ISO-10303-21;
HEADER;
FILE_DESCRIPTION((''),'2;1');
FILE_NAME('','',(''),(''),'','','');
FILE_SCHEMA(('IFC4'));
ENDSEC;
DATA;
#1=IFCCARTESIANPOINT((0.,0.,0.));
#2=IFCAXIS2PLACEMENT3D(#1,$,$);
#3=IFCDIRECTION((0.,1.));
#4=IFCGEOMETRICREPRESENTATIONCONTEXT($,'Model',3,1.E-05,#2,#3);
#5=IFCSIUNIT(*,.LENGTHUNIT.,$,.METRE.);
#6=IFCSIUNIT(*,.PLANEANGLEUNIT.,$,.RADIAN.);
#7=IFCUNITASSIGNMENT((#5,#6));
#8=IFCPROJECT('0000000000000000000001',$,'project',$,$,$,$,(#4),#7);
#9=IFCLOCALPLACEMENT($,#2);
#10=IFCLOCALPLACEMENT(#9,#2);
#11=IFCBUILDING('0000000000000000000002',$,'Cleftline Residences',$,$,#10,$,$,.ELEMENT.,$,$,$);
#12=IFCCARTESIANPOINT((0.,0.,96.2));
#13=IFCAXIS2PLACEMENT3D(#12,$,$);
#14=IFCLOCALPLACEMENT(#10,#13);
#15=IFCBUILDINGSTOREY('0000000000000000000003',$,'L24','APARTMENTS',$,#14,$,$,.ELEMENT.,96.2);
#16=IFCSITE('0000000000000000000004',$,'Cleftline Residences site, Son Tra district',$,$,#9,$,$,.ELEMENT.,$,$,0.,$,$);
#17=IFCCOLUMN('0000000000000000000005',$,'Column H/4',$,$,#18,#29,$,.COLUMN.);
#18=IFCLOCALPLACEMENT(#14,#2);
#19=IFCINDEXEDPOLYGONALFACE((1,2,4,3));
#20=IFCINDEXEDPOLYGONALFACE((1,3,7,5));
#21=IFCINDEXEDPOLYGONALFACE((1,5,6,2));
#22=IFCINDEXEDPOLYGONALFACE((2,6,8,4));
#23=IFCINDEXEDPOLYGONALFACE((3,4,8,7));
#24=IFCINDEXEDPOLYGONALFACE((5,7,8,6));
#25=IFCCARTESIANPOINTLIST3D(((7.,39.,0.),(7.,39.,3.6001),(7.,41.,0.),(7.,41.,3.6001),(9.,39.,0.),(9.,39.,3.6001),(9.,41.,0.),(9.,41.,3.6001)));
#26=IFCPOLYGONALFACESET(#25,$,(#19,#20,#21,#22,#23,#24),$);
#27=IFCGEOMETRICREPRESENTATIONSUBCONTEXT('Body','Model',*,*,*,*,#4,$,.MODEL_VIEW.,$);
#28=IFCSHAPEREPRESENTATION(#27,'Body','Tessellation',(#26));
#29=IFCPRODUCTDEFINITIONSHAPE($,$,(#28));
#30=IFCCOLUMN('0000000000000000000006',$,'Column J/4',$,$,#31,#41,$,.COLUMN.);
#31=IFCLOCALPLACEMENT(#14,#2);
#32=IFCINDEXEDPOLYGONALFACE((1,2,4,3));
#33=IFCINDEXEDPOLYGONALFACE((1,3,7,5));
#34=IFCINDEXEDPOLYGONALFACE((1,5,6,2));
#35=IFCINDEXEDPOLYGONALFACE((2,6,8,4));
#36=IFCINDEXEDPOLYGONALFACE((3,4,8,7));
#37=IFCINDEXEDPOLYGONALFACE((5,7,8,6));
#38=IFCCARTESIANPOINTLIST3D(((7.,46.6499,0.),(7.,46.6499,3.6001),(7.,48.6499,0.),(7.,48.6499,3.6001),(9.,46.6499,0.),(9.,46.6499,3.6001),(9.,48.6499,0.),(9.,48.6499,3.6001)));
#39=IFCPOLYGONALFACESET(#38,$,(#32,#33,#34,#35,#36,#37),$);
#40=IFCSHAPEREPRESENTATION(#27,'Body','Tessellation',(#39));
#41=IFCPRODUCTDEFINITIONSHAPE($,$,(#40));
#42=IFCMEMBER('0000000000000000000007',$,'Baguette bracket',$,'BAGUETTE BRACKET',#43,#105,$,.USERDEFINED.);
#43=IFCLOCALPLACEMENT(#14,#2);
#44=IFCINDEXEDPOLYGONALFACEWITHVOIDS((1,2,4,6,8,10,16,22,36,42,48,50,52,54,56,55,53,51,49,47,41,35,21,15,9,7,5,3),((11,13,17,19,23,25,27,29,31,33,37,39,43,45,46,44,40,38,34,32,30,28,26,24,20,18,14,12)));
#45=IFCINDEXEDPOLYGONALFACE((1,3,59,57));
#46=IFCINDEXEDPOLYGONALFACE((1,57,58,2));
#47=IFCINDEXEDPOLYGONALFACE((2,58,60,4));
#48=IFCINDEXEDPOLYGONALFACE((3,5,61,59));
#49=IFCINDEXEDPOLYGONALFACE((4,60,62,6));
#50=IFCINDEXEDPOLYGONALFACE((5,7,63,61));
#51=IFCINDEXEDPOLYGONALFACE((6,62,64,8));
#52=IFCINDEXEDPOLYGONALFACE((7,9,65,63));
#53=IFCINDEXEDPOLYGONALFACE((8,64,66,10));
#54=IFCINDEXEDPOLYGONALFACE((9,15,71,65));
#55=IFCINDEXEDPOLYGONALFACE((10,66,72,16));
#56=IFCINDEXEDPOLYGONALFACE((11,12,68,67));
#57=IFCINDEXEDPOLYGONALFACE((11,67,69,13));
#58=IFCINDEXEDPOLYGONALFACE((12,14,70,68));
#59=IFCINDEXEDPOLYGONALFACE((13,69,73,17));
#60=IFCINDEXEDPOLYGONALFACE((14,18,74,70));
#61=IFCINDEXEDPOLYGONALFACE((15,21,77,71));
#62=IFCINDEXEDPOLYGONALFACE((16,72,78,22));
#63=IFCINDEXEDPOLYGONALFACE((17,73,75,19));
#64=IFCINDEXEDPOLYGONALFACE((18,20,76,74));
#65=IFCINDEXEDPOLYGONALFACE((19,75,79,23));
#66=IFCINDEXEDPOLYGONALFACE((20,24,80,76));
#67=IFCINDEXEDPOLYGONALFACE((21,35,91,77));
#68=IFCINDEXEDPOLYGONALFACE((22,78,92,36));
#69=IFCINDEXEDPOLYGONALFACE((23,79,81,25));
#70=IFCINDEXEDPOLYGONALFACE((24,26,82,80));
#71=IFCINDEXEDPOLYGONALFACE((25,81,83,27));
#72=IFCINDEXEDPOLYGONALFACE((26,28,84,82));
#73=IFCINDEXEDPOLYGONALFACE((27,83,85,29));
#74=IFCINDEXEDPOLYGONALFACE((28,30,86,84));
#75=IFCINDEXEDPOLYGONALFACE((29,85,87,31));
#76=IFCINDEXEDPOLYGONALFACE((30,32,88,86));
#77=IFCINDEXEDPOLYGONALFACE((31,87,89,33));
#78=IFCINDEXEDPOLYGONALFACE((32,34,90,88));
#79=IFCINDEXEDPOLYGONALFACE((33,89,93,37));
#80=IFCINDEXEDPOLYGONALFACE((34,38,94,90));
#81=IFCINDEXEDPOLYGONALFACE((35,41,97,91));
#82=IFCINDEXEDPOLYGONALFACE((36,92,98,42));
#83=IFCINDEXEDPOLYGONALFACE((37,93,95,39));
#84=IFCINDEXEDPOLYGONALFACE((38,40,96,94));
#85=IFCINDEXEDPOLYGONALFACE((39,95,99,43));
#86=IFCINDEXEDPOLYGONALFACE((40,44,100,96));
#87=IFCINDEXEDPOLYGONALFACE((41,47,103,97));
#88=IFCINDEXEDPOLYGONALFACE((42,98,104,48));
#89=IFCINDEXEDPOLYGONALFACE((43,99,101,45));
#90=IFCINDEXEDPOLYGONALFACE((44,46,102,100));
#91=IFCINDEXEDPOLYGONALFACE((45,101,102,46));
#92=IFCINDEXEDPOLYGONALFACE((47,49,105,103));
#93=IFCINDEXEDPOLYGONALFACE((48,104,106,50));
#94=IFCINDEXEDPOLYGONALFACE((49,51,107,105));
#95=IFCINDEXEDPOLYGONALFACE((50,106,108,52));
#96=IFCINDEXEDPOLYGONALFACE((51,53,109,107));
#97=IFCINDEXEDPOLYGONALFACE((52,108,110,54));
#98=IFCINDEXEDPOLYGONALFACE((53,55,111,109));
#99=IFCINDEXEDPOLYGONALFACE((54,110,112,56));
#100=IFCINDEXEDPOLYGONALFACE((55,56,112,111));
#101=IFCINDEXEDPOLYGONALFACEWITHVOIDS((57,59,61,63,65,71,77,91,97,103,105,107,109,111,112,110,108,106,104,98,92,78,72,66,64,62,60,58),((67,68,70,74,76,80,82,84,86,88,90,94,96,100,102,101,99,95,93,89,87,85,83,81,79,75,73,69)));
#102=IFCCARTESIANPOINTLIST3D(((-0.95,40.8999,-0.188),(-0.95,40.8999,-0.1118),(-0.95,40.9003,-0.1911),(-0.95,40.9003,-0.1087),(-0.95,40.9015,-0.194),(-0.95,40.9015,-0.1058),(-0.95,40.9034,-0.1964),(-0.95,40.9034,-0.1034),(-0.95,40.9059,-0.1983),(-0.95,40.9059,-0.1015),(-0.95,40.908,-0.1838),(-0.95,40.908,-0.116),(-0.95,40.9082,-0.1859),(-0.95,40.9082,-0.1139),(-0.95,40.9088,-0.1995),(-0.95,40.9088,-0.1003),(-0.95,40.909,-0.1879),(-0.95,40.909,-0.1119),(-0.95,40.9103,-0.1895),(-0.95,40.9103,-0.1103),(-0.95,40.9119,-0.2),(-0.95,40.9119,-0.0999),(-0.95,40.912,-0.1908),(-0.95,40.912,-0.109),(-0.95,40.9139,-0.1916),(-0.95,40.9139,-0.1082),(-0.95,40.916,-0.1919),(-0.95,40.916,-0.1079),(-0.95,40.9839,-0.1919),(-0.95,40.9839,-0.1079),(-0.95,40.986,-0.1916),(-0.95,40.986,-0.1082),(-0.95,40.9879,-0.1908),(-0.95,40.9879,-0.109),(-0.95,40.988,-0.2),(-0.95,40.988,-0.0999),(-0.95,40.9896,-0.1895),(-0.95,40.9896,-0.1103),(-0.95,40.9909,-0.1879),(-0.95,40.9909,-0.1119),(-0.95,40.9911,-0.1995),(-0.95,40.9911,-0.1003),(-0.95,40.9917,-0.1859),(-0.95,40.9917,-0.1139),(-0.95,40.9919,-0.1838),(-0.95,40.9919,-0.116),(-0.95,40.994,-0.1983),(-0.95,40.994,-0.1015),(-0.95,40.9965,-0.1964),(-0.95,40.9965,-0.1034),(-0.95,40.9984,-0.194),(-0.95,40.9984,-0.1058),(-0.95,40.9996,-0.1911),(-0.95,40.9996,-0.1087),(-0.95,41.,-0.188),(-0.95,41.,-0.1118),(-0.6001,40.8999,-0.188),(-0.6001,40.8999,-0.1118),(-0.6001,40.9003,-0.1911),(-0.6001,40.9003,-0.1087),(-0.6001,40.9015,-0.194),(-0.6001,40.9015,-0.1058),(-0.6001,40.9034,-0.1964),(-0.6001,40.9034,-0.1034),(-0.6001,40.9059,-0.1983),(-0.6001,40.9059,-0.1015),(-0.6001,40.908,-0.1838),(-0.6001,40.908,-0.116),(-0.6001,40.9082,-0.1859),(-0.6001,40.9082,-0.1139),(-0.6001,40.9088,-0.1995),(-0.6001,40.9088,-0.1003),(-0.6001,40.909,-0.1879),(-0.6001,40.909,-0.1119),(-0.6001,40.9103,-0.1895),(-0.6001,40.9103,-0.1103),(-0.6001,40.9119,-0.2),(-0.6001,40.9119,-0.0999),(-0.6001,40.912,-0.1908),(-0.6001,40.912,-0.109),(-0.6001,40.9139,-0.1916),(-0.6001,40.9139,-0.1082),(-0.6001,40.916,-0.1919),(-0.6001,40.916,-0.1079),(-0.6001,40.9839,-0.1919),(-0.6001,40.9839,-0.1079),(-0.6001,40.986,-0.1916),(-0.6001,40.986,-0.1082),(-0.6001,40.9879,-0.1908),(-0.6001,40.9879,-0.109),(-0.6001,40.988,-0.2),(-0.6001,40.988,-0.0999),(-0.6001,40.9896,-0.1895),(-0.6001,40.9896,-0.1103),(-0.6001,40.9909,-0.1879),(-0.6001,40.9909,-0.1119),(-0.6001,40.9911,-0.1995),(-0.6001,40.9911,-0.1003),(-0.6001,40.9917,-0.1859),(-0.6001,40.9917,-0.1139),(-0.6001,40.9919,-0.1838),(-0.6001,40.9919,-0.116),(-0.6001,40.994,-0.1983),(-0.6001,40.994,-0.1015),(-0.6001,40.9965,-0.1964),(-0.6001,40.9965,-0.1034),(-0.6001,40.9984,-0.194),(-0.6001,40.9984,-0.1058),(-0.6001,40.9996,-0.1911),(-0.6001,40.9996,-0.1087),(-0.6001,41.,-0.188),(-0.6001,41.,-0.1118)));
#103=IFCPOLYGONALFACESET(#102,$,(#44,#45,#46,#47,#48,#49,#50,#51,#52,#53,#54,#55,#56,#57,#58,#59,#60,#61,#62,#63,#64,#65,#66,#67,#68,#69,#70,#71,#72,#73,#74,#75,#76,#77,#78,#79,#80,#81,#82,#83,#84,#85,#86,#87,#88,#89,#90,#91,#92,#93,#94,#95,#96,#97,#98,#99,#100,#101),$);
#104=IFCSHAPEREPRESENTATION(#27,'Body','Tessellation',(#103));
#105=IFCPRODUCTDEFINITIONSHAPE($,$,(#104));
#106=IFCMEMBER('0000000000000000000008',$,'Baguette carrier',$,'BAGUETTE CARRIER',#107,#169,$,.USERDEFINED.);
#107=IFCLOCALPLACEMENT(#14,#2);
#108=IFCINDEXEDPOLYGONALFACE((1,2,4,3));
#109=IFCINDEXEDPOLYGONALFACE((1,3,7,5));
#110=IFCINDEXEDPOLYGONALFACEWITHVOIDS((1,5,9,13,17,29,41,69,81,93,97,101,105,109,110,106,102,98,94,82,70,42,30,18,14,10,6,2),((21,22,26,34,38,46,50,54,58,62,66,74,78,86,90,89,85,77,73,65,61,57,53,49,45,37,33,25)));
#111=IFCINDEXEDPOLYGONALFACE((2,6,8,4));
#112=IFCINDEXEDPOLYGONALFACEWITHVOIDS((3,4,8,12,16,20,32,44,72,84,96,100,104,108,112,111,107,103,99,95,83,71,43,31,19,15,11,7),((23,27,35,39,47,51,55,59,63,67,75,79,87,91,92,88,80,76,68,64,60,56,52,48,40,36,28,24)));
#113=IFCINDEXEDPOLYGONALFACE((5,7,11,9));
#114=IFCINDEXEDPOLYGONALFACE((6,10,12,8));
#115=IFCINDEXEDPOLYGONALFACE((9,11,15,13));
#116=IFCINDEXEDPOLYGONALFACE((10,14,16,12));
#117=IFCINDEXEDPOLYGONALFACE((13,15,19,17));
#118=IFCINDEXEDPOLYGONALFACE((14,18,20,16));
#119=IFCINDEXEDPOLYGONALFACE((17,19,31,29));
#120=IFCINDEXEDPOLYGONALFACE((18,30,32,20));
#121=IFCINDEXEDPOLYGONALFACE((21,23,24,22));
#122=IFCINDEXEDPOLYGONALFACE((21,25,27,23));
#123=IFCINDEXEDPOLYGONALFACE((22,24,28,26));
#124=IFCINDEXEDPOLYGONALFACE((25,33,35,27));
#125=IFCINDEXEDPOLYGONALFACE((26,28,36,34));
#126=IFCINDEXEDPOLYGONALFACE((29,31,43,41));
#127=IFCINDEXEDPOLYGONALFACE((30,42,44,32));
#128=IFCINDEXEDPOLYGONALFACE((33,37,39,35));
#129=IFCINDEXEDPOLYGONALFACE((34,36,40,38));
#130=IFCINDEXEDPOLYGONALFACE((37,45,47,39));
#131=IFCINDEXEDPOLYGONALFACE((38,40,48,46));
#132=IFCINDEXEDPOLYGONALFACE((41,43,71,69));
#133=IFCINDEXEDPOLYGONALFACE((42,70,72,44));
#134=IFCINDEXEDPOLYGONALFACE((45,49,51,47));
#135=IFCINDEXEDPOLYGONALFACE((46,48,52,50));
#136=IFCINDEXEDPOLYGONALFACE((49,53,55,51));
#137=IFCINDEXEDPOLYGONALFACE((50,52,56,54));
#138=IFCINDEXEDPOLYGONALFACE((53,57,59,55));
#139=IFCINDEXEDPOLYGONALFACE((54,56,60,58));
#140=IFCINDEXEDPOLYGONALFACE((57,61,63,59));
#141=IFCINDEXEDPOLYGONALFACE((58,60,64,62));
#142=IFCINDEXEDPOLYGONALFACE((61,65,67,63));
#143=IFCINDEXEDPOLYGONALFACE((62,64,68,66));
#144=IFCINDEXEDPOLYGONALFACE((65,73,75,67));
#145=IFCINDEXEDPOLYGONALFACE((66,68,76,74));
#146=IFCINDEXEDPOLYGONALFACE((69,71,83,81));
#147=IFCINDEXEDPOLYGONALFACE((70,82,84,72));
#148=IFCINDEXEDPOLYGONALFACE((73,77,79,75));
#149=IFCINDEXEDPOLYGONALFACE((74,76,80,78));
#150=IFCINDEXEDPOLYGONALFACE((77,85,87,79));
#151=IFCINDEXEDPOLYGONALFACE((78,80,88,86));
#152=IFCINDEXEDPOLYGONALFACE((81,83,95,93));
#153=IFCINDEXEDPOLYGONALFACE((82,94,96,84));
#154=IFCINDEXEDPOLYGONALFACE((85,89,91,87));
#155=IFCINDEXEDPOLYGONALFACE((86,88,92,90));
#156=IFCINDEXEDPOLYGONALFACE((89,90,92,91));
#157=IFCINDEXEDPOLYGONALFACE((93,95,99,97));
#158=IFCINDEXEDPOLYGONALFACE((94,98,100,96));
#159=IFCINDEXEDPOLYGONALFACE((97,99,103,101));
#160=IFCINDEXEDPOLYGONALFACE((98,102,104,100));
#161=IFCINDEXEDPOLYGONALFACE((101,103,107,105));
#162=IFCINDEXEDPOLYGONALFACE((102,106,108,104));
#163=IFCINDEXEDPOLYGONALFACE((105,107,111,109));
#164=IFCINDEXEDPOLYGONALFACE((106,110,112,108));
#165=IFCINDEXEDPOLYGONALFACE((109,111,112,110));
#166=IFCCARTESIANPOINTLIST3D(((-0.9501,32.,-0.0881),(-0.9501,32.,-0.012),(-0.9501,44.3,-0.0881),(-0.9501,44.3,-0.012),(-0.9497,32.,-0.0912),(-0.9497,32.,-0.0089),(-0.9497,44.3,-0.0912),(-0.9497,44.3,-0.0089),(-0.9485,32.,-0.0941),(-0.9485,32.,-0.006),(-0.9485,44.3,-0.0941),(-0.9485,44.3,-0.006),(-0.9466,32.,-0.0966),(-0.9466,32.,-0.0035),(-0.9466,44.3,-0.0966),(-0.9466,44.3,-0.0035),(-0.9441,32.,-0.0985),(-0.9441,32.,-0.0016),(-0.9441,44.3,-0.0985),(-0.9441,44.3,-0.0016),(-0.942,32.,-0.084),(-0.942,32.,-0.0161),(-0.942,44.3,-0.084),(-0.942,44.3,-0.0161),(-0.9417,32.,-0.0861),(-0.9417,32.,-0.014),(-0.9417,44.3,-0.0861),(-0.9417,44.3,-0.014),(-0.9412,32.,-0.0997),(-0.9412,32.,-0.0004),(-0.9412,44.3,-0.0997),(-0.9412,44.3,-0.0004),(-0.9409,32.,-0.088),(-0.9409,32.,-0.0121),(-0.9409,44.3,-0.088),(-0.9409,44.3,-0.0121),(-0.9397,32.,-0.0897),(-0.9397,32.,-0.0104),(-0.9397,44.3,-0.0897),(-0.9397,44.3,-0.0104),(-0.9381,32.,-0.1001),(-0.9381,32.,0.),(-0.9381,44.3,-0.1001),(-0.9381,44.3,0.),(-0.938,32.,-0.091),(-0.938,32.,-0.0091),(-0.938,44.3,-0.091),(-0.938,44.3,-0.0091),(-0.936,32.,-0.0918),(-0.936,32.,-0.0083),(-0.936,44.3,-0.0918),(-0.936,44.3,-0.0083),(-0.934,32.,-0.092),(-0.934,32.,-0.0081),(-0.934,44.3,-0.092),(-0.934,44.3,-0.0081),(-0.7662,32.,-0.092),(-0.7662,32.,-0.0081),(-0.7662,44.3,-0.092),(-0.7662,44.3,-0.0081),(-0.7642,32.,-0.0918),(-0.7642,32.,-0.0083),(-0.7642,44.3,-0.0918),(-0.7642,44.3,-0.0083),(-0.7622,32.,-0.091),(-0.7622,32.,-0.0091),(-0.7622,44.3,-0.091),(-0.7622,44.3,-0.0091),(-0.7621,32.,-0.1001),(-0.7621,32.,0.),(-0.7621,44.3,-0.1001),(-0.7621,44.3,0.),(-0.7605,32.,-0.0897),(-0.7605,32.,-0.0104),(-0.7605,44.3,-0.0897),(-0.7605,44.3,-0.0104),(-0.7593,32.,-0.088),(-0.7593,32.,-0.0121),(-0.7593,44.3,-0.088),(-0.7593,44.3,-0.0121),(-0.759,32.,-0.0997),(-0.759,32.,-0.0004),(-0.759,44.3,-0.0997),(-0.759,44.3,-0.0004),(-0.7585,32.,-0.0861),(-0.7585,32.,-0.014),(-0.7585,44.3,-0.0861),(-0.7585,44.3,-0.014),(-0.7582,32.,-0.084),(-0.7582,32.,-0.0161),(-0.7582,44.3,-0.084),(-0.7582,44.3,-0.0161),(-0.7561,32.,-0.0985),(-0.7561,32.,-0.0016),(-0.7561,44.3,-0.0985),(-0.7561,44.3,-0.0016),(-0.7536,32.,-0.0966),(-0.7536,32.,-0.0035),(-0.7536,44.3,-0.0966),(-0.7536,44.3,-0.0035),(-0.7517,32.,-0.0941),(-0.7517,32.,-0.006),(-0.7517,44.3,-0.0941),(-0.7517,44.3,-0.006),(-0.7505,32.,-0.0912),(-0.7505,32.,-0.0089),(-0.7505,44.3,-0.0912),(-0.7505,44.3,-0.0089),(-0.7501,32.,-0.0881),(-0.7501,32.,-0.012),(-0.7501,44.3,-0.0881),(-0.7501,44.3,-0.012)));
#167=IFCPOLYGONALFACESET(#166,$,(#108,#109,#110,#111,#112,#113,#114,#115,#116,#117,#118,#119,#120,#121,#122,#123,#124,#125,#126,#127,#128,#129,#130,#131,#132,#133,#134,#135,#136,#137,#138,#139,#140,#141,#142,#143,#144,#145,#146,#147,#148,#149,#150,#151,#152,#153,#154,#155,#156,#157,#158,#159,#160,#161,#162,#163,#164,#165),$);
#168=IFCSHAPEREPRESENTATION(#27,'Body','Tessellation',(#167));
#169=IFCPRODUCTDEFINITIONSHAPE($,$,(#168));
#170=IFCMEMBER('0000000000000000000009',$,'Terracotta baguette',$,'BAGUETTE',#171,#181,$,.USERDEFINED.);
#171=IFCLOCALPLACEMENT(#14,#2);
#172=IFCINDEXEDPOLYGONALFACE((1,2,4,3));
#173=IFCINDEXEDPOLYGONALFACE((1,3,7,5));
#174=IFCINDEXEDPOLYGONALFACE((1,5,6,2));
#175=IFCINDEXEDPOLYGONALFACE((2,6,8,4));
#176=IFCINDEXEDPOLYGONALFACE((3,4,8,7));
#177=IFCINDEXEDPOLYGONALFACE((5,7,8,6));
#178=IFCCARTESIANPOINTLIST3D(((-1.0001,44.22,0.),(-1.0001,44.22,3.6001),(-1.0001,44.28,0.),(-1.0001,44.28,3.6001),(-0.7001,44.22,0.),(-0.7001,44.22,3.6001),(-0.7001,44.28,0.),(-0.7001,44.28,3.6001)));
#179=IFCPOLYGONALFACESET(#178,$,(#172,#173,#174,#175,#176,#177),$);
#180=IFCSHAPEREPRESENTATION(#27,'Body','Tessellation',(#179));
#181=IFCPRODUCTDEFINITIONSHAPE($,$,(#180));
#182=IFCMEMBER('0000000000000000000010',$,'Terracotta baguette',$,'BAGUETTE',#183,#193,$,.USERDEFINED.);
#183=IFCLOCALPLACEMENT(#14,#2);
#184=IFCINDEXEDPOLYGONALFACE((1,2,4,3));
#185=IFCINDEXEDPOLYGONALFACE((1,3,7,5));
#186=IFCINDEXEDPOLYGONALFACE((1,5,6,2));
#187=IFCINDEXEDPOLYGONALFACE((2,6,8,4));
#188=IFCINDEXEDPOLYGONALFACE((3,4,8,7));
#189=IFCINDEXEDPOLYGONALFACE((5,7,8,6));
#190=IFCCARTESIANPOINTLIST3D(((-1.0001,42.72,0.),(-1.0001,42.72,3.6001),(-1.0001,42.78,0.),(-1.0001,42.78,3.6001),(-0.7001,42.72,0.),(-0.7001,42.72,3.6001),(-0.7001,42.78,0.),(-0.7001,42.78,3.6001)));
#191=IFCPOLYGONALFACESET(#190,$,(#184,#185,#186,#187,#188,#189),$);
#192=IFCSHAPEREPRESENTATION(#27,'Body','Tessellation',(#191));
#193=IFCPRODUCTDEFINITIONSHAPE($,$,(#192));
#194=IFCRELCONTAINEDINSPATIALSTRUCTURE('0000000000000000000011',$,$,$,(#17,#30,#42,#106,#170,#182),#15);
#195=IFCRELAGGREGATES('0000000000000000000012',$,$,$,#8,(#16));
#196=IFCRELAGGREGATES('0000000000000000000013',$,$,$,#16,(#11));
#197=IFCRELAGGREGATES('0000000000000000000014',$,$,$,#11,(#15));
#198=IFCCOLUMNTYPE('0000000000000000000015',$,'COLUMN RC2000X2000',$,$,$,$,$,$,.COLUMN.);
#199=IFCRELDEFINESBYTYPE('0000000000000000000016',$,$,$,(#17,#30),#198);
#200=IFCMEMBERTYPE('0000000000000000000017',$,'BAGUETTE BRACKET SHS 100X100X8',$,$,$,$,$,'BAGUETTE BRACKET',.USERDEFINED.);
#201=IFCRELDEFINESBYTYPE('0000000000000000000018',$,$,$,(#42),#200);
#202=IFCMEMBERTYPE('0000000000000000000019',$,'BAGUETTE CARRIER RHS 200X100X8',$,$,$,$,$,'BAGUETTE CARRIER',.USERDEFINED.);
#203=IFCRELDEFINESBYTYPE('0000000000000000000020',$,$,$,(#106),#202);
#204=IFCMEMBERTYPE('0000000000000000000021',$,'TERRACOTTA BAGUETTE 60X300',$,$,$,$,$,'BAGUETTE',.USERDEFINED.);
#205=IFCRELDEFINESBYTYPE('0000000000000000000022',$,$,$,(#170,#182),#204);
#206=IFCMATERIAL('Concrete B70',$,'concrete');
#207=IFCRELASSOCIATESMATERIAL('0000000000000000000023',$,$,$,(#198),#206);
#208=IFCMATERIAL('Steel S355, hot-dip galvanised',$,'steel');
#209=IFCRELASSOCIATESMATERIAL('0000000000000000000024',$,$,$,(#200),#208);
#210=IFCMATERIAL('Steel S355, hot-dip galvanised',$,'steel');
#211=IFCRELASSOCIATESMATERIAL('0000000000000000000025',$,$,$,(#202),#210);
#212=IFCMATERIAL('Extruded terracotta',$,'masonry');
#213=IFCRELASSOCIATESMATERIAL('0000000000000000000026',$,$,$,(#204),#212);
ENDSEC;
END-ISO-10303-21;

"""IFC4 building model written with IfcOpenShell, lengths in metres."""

from ifc_helpers import new_model, si_unit, direction, frame, origin, origin_2d, place, context, subcontext, project, spatial, rectangle, hollow_rectangle, extrude, material, material_profile, profile_set, type_object, element, save


model = new_model("IFC4")

# Units and contexts
model_context = context("Model", 3, precision=1e-05, world=origin(), true_north=direction((0.0, 1.0)))
body_context = subcontext(model_context, "Body", "Model", "MODEL_VIEW")
ifc_project = project(units=[si_unit("LENGTHUNIT", "METRE"), si_unit("PLANEANGLEUNIT", "RADIAN")], contexts=[model_context])

# Site, building, storey
site_placement = place(None, origin())
site = spatial("IfcSite", under=ifc_project, at=site_placement, Name="Cleftline Residences site, Son Tra district", CompositionType="ELEMENT", RefElevation=0.0)
building_placement = place(site_placement, origin())
building = spatial("IfcBuilding", under=site, at=building_placement, Name="Cleftline Residences", CompositionType="ELEMENT")
storey_placement = place(building_placement, frame((0.0, 0.0, 96.2)))
storey = spatial("IfcBuildingStorey", under=building, at=storey_placement, Name="L24", Description="APARTMENTS", CompositionType="ELEMENT", Elevation=96.2)

# Columns
ifc_material_1 = material(Name="Concrete B70", Category="concrete")
ifc_material_profile_1 = material_profile(ifc_material_1, rectangle(XDim=2.0, YDim=2.0, at=origin_2d()))
ifc_profile_set_1 = profile_set([ifc_material_profile_1], Name="Concrete B70")
column_type = type_object("IfcColumnType", Name="COLUMN RC2000X2000", PredefinedType="COLUMN", material=ifc_profile_set_1)
for number, where, z_axis, x_axis, name in (
    (1, (8.0, 40.0, 0.0), (0.0, 0.0, 1.0), (1.0, 0.0, 0.0), "Column H/4"),
    (2, (8.0, 47.6499, 0.0), (0.0, 0.0, 1.0), (1.0, 0.0, 0.0), "Column J/4"),
):
    element("IfcColumn", number, at=place(storey_placement, frame(where, z_axis=z_axis, x_axis=x_axis)), inside=storey, type_object=column_type, Name=name, PredefinedType="COLUMN", context=body_context, shape_type="SweptSolid", body=[
        extrude(rectangle(XDim=2.0, YDim=2.0, at=origin_2d()), origin(), (0.0, 0.0, 1.0), 3.6001),
    ])

# Members
ifc_material_2 = material(Name="Steel S355, hot-dip galvanised", Category="steel")
ifc_material_profile_2 = material_profile(ifc_material_2, hollow_rectangle(XDim=0.1001, YDim=0.1001, WallThickness=0.0081, InnerFilletRadius=0.0081, OuterFilletRadius=0.012, at=origin_2d()))
ifc_profile_set_2 = profile_set([ifc_material_profile_2], Name="Steel S355, hot-dip galvanised")
member_type_1 = type_object("IfcMemberType", Name="BAGUETTE BRACKET SHS 100X100X8", ElementType="BAGUETTE BRACKET", PredefinedType="USERDEFINED", material=ifc_profile_set_2)
member_1_placement = place(storey_placement, frame((-0.6001, 40.95, -0.1499), z_axis=(-1.0, 0.0, 0.0), x_axis=(0.0, -1.0, 0.0)))
element("IfcMember", 3, at=member_1_placement, inside=storey, type_object=member_type_1, Name="Baguette bracket", ObjectType="BAGUETTE BRACKET", PredefinedType="USERDEFINED", context=body_context, shape_type="SweptSolid", body=[
    extrude(hollow_rectangle(XDim=0.1001, YDim=0.1001, WallThickness=0.0081, InnerFilletRadius=0.0081, OuterFilletRadius=0.012, at=origin_2d()), origin(), (0.0, 0.0, 1.0), 0.3499),
])
ifc_material_3 = material(Name="Steel S355, hot-dip galvanised", Category="steel")
ifc_material_profile_3 = material_profile(ifc_material_3, hollow_rectangle(XDim=0.1001, YDim=0.2, WallThickness=0.0081, InnerFilletRadius=0.0081, OuterFilletRadius=0.012, at=origin_2d()))
ifc_profile_set_3 = profile_set([ifc_material_profile_3], Name="Steel S355, hot-dip galvanised")
member_type_2 = type_object("IfcMemberType", Name="BAGUETTE CARRIER RHS 200X100X8", ElementType="BAGUETTE CARRIER", PredefinedType="USERDEFINED", material=ifc_profile_set_3)
member_2_placement = place(storey_placement, frame((-0.8501, 44.3, -0.05), z_axis=(0.0, -1.0, 0.0), x_axis=(0.0, 0.0, 1.0)))
element("IfcMember", 4, at=member_2_placement, inside=storey, type_object=member_type_2, Name="Baguette carrier", ObjectType="BAGUETTE CARRIER", PredefinedType="USERDEFINED", context=body_context, shape_type="SweptSolid", body=[
    extrude(hollow_rectangle(XDim=0.1001, YDim=0.2, WallThickness=0.0081, InnerFilletRadius=0.0081, OuterFilletRadius=0.012, at=origin_2d()), origin(), (0.0, 0.0, 1.0), 12.3),
])
ifc_material_4 = material(Name="Extruded terracotta", Category="masonry")
ifc_material_profile_4 = material_profile(ifc_material_4, rectangle(XDim=0.0601, YDim=0.3, at=origin_2d()))
ifc_profile_set_4 = profile_set([ifc_material_profile_4], Name="Extruded terracotta")
member_type_3 = type_object("IfcMemberType", Name="TERRACOTTA BAGUETTE 60X300", ElementType="BAGUETTE", PredefinedType="USERDEFINED", material=ifc_profile_set_4)
for number, where, z_axis, x_axis, name in (
    (5, (-0.8501, 44.25, 0.0), (0.0, 0.0, 1.0), (0.0, 1.0, 0.0), "Terracotta baguette"),
    (6, (-0.8501, 42.75, 0.0), (0.0, 0.0, 1.0), (0.0, 1.0, 0.0), "Terracotta baguette"),
):
    element("IfcMember", number, at=place(storey_placement, frame(where, z_axis=z_axis, x_axis=x_axis)), inside=storey, type_object=member_type_3, Name=name, ObjectType="BAGUETTE", PredefinedType="USERDEFINED", context=body_context, shape_type="SweptSolid", body=[
        extrude(rectangle(XDim=0.0601, YDim=0.3, at=origin_2d()), origin(), (0.0, 0.0, 1.0), 3.6001),
    ])

save(model, "model.ifc")
